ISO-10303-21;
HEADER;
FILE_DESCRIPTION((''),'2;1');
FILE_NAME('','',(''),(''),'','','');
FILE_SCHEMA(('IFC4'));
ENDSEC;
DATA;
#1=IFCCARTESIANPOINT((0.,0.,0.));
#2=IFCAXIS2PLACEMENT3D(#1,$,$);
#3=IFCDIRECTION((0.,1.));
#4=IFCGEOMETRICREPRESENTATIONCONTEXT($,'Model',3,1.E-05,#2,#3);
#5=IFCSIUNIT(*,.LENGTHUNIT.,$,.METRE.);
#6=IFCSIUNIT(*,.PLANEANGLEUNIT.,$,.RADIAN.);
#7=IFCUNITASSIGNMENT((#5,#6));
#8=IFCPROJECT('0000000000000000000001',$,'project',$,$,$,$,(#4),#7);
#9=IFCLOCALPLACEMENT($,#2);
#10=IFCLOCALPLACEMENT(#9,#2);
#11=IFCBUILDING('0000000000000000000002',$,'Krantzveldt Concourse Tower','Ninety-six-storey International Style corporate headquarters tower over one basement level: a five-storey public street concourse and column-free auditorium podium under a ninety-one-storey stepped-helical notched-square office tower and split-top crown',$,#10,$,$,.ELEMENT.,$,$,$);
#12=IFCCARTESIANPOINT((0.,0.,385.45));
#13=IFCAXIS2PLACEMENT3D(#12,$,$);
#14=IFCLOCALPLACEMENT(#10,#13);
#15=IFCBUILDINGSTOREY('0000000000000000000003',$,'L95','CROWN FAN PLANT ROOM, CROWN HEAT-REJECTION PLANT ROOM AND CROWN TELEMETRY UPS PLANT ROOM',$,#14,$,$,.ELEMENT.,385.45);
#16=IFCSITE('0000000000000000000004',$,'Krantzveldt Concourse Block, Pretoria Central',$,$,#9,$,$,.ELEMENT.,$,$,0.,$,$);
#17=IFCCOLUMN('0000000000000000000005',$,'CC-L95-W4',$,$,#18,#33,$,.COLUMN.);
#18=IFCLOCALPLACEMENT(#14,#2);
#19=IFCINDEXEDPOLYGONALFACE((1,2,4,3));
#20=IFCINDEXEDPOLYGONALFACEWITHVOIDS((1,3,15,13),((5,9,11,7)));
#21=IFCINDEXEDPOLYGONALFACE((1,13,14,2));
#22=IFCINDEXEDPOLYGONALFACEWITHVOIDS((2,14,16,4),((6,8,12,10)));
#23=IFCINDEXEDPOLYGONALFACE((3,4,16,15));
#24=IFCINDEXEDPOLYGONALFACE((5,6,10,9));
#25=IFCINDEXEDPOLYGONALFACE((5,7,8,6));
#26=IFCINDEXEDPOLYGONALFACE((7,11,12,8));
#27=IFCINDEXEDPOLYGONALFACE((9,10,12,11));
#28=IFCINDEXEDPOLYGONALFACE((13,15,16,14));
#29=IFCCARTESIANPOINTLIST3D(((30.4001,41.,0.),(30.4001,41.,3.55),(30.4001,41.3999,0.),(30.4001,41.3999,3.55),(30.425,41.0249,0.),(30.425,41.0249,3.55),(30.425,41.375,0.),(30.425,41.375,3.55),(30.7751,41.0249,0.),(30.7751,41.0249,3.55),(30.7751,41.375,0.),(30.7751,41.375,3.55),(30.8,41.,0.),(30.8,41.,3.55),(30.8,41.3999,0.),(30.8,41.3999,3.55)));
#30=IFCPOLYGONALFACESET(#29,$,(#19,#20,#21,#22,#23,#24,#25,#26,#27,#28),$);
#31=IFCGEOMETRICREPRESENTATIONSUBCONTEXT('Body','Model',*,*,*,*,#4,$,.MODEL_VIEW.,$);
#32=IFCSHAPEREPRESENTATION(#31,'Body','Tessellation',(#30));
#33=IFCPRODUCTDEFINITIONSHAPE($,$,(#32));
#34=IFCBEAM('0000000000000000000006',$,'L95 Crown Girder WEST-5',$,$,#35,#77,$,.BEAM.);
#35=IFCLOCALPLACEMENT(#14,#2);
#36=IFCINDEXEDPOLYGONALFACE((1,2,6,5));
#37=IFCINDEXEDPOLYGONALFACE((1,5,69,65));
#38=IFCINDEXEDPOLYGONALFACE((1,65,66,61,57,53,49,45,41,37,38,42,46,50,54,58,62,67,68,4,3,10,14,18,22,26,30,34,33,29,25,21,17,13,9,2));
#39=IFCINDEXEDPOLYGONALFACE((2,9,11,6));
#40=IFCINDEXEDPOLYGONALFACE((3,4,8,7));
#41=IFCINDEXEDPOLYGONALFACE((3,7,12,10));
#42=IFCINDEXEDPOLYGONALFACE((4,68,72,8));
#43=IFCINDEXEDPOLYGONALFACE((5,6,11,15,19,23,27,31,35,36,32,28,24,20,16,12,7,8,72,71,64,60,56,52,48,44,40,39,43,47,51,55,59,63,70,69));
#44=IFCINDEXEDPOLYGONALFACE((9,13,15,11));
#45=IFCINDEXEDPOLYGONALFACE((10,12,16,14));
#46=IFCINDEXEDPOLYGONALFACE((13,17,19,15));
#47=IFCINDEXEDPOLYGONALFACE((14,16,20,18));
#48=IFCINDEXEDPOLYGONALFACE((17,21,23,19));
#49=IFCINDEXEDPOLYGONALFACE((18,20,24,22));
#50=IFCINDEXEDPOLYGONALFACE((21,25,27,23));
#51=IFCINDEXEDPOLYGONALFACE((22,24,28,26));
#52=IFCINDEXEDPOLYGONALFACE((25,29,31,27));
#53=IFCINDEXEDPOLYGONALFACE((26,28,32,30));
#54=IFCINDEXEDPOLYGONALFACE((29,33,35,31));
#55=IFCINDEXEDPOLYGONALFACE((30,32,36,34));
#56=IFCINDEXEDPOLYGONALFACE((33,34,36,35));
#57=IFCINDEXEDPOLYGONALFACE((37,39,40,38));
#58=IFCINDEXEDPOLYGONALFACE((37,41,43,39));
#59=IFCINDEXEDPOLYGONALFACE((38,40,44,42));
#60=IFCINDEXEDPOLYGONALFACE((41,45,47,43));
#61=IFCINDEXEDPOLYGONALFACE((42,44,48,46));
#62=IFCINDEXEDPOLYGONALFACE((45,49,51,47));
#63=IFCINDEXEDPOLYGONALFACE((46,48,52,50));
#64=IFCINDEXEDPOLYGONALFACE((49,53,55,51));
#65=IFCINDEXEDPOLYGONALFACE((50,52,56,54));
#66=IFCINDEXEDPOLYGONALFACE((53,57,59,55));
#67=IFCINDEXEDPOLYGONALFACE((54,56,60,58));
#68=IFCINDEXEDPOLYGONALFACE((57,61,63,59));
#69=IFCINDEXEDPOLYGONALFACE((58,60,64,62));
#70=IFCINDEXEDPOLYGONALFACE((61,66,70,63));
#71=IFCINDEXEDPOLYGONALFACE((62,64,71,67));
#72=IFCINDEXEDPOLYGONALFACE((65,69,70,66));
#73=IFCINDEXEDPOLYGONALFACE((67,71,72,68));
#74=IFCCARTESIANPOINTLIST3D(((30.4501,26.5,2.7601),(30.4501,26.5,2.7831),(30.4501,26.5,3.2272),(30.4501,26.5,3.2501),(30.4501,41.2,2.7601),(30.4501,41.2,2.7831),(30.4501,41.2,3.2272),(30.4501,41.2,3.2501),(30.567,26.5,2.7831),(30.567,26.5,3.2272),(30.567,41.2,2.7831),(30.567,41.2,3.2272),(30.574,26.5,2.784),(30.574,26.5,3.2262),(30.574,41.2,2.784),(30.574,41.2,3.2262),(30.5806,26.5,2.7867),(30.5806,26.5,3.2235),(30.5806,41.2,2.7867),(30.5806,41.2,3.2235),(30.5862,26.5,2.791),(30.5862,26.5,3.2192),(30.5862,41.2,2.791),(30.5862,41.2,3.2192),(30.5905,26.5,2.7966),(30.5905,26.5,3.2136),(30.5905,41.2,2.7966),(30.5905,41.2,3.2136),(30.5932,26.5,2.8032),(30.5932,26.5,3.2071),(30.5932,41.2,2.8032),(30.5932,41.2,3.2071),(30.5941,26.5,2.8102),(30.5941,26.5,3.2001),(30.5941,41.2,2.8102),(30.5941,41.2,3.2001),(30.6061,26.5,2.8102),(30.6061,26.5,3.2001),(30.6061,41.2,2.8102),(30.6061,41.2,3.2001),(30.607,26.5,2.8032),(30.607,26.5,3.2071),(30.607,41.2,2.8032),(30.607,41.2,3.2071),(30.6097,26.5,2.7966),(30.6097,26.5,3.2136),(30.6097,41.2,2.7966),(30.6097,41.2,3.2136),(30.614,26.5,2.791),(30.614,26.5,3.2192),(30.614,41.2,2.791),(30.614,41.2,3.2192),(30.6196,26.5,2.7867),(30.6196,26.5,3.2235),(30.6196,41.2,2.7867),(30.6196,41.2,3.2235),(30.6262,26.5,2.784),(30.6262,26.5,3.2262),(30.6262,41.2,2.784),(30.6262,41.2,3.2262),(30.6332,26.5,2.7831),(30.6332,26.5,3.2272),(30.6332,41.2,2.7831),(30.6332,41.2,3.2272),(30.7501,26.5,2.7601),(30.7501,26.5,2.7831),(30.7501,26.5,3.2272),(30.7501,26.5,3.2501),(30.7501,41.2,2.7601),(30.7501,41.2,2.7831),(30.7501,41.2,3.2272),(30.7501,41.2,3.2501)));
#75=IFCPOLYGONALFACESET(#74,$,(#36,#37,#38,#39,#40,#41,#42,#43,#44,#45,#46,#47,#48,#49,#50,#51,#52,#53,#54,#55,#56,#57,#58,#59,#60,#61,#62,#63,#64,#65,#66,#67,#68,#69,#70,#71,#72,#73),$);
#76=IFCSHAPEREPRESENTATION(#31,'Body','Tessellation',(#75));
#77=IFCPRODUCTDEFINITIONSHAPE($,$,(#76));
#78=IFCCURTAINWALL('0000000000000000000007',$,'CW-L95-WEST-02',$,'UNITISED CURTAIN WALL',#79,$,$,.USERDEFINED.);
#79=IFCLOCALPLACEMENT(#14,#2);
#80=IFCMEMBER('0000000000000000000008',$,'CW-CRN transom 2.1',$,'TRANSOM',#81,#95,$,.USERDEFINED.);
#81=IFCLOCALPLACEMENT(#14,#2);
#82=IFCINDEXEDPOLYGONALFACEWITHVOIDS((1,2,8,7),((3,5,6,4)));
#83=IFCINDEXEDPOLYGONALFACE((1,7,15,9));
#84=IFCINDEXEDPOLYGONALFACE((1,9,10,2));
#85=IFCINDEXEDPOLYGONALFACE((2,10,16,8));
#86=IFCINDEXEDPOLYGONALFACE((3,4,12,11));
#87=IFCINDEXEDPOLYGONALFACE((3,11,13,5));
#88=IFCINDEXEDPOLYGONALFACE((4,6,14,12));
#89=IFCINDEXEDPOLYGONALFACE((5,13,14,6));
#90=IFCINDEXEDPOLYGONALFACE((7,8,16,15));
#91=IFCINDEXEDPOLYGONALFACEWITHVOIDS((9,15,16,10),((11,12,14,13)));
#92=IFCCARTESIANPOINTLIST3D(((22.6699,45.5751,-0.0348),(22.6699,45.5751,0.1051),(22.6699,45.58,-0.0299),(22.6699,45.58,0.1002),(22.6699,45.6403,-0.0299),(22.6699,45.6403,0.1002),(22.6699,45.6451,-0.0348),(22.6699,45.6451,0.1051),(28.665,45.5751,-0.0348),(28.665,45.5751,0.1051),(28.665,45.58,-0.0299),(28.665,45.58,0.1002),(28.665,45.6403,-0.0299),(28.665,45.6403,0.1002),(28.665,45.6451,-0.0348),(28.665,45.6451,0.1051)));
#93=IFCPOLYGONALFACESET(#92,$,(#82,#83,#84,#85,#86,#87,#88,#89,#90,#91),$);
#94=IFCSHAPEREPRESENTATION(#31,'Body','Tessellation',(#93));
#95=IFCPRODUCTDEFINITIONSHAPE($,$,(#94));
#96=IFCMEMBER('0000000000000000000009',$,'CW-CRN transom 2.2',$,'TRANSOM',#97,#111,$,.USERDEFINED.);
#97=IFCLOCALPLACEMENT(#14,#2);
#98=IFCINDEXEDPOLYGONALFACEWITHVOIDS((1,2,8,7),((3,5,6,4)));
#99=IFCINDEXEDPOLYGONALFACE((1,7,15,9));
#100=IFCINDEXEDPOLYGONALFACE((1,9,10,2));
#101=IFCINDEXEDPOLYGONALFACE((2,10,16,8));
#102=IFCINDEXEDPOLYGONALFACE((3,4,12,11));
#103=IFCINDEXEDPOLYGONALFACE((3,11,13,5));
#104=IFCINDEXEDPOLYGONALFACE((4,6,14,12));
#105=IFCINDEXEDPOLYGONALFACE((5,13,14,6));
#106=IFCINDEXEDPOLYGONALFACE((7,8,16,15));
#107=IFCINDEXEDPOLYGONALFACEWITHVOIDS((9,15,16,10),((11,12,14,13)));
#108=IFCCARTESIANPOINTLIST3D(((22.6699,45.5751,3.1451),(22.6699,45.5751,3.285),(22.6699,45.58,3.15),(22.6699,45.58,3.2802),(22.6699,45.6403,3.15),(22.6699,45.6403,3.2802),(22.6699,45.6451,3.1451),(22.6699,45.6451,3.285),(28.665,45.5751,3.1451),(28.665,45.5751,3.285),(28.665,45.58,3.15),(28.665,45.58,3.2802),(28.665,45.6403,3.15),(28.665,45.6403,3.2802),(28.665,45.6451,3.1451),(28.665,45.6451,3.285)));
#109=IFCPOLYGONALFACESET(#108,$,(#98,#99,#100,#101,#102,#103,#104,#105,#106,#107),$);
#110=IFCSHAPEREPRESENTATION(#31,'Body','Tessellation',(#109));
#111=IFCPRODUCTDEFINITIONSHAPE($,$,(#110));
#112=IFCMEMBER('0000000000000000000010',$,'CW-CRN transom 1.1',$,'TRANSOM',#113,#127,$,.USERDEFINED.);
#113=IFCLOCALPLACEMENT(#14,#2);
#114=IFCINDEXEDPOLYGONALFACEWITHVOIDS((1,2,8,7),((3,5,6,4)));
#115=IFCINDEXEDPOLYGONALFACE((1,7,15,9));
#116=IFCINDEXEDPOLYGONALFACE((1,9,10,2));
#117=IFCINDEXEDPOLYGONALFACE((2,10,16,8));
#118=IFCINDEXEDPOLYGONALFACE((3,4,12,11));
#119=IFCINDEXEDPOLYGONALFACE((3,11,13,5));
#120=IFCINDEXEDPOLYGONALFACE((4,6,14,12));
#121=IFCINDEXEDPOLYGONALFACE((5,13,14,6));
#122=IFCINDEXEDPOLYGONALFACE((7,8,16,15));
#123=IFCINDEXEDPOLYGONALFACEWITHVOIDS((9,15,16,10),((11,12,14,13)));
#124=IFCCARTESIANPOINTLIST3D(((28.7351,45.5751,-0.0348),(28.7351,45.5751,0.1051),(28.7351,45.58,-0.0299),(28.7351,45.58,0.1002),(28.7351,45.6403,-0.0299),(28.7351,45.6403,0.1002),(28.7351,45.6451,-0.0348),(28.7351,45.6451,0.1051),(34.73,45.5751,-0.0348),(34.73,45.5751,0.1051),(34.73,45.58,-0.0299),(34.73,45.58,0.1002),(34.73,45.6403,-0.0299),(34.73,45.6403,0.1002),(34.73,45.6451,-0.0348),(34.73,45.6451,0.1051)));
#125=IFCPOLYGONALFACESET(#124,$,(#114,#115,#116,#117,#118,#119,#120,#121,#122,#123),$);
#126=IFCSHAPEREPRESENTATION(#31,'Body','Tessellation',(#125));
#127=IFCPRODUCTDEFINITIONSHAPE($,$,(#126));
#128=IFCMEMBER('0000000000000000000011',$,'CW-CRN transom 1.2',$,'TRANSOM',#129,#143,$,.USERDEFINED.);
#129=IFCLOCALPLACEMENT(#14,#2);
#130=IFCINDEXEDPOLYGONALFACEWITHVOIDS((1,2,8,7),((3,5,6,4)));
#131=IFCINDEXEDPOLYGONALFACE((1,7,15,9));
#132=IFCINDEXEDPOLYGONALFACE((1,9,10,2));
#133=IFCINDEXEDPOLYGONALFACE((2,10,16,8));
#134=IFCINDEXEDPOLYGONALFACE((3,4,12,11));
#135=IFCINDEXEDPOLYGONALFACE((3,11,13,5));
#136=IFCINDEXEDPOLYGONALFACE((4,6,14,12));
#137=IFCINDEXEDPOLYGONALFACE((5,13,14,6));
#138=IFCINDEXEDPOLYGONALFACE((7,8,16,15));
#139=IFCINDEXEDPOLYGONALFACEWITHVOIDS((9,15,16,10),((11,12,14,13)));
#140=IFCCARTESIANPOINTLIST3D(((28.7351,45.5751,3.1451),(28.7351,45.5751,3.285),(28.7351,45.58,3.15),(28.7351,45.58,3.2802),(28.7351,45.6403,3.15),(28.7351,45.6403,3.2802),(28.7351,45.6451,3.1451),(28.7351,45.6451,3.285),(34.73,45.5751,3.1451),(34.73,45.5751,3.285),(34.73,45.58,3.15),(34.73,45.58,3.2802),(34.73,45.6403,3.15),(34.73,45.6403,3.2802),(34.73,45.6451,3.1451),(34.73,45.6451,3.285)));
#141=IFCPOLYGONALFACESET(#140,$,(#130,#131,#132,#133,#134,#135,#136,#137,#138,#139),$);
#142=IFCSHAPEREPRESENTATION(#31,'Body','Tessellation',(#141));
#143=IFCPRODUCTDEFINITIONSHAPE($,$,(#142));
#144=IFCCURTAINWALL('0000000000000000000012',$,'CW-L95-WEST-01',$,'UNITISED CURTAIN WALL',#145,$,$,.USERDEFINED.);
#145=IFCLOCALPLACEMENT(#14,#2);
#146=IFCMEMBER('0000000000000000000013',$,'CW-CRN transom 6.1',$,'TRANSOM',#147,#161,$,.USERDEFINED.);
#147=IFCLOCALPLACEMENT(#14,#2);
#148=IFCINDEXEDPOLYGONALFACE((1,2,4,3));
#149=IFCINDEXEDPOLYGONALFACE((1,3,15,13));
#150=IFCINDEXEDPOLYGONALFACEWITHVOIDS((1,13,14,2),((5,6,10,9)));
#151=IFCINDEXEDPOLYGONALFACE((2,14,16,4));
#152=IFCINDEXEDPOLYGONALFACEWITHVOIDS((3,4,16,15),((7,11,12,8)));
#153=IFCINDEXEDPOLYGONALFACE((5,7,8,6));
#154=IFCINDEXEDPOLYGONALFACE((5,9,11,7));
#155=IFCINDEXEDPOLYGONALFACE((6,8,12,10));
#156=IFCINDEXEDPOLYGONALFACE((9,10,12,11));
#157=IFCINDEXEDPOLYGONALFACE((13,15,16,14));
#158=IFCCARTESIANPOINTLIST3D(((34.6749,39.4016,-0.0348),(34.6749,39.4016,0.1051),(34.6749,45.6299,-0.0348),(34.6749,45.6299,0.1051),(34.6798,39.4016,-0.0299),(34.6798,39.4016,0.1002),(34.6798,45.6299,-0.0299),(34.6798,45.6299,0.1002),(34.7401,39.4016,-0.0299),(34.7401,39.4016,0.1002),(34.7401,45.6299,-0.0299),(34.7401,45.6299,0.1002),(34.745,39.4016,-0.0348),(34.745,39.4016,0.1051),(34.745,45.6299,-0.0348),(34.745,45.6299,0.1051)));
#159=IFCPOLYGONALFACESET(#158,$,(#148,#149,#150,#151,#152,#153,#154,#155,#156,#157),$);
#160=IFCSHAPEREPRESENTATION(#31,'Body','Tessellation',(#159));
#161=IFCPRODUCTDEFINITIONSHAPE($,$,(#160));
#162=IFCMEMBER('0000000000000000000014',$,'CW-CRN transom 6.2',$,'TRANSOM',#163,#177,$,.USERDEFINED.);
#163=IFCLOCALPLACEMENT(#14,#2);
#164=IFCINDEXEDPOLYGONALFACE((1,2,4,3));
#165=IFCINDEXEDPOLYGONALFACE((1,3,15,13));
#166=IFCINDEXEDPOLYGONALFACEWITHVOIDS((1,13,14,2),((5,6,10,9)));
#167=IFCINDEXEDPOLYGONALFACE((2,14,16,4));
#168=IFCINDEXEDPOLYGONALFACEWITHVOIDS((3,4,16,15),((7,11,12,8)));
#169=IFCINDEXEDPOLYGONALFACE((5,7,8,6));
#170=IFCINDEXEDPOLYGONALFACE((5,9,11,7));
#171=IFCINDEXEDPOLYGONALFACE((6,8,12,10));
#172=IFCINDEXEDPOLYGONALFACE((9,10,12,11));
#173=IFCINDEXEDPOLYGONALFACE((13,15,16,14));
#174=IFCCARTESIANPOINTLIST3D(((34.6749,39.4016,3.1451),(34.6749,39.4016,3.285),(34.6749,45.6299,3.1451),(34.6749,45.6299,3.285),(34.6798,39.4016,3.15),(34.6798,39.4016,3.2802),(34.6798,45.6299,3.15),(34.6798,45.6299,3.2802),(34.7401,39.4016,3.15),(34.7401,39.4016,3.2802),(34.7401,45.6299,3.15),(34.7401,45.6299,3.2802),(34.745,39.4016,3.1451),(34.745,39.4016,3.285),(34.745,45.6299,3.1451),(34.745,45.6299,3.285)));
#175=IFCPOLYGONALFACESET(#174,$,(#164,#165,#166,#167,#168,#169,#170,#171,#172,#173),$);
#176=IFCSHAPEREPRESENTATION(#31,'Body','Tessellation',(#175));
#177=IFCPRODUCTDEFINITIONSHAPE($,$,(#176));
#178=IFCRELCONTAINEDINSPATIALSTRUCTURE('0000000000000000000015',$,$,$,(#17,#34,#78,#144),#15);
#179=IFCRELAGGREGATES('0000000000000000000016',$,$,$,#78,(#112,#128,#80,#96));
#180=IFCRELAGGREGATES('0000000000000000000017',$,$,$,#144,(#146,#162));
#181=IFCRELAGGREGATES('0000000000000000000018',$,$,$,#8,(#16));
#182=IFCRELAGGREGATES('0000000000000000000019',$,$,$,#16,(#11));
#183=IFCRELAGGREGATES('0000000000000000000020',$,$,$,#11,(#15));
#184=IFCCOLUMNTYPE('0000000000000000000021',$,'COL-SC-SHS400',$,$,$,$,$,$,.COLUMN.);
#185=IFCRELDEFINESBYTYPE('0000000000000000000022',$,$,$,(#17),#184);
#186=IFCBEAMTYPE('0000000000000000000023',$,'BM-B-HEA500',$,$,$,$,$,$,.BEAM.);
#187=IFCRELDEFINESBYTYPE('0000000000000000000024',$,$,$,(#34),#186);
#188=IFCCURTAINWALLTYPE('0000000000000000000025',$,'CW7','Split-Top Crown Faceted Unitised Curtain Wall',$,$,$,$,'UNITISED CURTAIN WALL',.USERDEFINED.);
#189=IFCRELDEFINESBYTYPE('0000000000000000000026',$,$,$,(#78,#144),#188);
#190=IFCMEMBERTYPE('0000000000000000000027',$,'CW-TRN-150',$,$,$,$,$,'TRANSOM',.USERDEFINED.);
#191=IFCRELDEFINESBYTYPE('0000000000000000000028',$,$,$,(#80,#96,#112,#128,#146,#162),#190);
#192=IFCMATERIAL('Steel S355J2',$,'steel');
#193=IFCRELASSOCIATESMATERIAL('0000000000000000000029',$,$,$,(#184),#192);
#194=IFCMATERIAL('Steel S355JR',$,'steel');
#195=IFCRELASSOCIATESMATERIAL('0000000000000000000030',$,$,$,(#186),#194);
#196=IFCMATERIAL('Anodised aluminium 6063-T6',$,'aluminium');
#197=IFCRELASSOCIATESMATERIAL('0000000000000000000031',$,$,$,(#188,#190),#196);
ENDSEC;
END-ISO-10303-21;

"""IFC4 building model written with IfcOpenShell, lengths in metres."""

from ifc_helpers import new_model, si_unit, direction, frame, origin, origin_2d, place, context, subcontext, project, spatial, hollow_rectangle, i_section, extrude, source, transform, mapped, material, material_profile, profile_set, type_object, type_shapes, element, aggregate, save


model = new_model("IFC4")

# Units and contexts
model_context = context("Model", 3, precision=1e-05, world=origin(), true_north=direction((0.0, 1.0)))
body_context = subcontext(model_context, "Body", "Model", "MODEL_VIEW")
ifc_project = project(units=[si_unit("LENGTHUNIT", "METRE"), si_unit("PLANEANGLEUNIT", "RADIAN")], contexts=[model_context])

# Site, building, storey
site_placement = place(None, origin())
site = spatial("IfcSite", under=ifc_project, at=site_placement, Name="Krantzveldt Concourse Block, Pretoria Central", CompositionType="ELEMENT", RefElevation=0.0)
building_placement = place(site_placement, origin())
building = spatial("IfcBuilding", under=site, at=building_placement, Name="Krantzveldt Concourse Tower", Description="Ninety-six-storey International Style corporate headquarters tower over one basement level: a five-storey public street concourse and column-free auditorium podium under a ninety-one-storey stepped-helical notched-square office tower and split-top crown", CompositionType="ELEMENT")
storey_placement = place(building_placement, frame((0.0, 0.0, 385.45)))
storey = spatial("IfcBuildingStorey", under=building, at=storey_placement, Name="L95", Description="CROWN FAN PLANT ROOM, CROWN HEAT-REJECTION PLANT ROOM AND CROWN TELEMETRY UPS PLANT ROOM", CompositionType="ELEMENT", Elevation=385.45)

# Column
ifc_material_1 = material(Name="Steel S355J2", Category="steel")
ifc_material_profile_1 = material_profile(ifc_material_1, hollow_rectangle(XDim=0.3999, YDim=0.3999, WallThickness=0.0249, at=origin_2d()), Name="Steel S355J2", Category="steel")
ifc_profile_set_1 = profile_set([ifc_material_profile_1], Name="Steel S355J2 - SHS 400x400x25")
column_type = type_object("IfcColumnType", Name="COL-SC-SHS400", PredefinedType="COLUMN", material=ifc_profile_set_1)
shared_shape_1 = source(origin(), body_context, "Body", "SweptSolid", [
    extrude(hollow_rectangle(XDim=0.3999, YDim=0.3999, WallThickness=0.0249, at=origin_2d()), origin(), (0.0, 0.0, 1.0), 3.55),
])
type_shapes(column_type, [shared_shape_1])
column_placement = place(storey_placement, frame((30.6001, 41.2, 0.0), z_axis=(0.0, 0.0, 1.0), x_axis=(1.0, 0.0, 0.0)))
element("IfcColumn", 1, at=column_placement, inside=storey, type_object=column_type, Name="CC-L95-W4", PredefinedType="COLUMN", context=body_context, shape_type="MappedRepresentation", body=[
    mapped(shared_shape_1, transform((0.0, 0.0, 0.0), x_axis=(1.0, 0.0, 0.0), y_axis=(0.0, 1.0, 0.0), z_axis=(0.0, 0.0, 1.0), scale=1.0)),
])

# Beam
ifc_material_2 = material(Name="Steel S355JR", Category="steel")
ifc_material_profile_2 = material_profile(ifc_material_2, i_section(OverallWidth=0.3, OverallDepth=0.49, WebThickness=0.012, FlangeThickness=0.0229, FilletRadius=0.0271, at=origin_2d()), Name="Steel S355JR", Category="steel")
ifc_profile_set_2 = profile_set([ifc_material_profile_2], Name="Steel S355JR - HEA 500")
beam_type = type_object("IfcBeamType", Name="BM-B-HEA500", PredefinedType="BEAM", material=ifc_profile_set_2)
shared_shape_2 = source(origin(), body_context, "Body", "SweptSolid", [
    extrude(i_section(OverallWidth=0.3, OverallDepth=0.49, WebThickness=0.012, FlangeThickness=0.0229, FilletRadius=0.0271, at=origin_2d()), origin(), (0.0, 0.0, 1.0), 14.7),
])
type_shapes(beam_type, [shared_shape_2])
beam_placement = place(storey_placement, frame((30.6001, 41.2, 3.0051), z_axis=(0.0, -1.0, 0.0), x_axis=(1.0, 0.0, 0.0)))
element("IfcBeam", 2, at=beam_placement, inside=storey, type_object=beam_type, Name="L95 Crown Girder WEST-5", PredefinedType="BEAM", context=body_context, shape_type="MappedRepresentation", body=[
    mapped(shared_shape_2, transform((0.0, 0.0, 0.0), x_axis=(1.0, 0.0, 0.0), y_axis=(0.0, 1.0, 0.0), z_axis=(0.0, 0.0, 1.0), scale=1.0)),
])

# Curtain walls, members
ifc_material_3 = material(Name="Anodised aluminium 6063-T6", Category="aluminium")
curtain_wall_type = type_object("IfcCurtainWallType", Name="CW7", Description="Split-Top Crown Faceted Unitised Curtain Wall", ElementType="UNITISED CURTAIN WALL", PredefinedType="USERDEFINED", material=ifc_material_3)
curtain_wall_1_placement = place(storey_placement, origin())
curtain_wall_1 = element("IfcCurtainWall", 3, at=curtain_wall_1_placement, inside=storey, type_object=curtain_wall_type, Name="CW-L95-WEST-02", ObjectType="UNITISED CURTAIN WALL", PredefinedType="USERDEFINED")
ifc_material_profile_3 = material_profile(ifc_material_3, hollow_rectangle(XDim=0.0701, YDim=0.1399, WallThickness=0.0049, at=origin_2d()), Name="Anodised aluminium 6063-T6", Category="aluminium")
ifc_profile_set_3 = profile_set([ifc_material_profile_3], Name="Anodised aluminium 6063-T6 - ALU-TRAN 140x70x5")
member_type_1 = type_object("IfcMemberType", Name="CW-TRN-150", ElementType="TRANSOM", PredefinedType="USERDEFINED", material=ifc_profile_set_3)
shared_shape_3 = source(origin(), body_context, "Body", "SweptSolid", [
    extrude(hollow_rectangle(XDim=0.0701, YDim=0.1399, WallThickness=0.0049, at=origin_2d()), origin(), (0.0, 0.0, 1.0), 5.9951),
])
member_1_placement = place(storey_placement, frame((28.665, 45.6101, 0.0352), z_axis=(-1.0, 0.0, 0.0), x_axis=(0.0, -1.0, 0.0)))
member_1 = element("IfcMember", 4, at=member_1_placement, type_object=member_type_1, Name="CW-CRN transom 2.1", ObjectType="TRANSOM", PredefinedType="USERDEFINED", context=body_context, shape_type="MappedRepresentation", body=[
    mapped(shared_shape_3, transform((0.0, 0.0, 0.0), x_axis=(1.0, 0.0, 0.0), y_axis=(0.0, 1.0, 0.0), z_axis=(0.0, 0.0, 1.0), scale=1.0)),
])
member_2_placement = place(storey_placement, frame((28.665, 45.6101, 3.2151), z_axis=(-1.0, 0.0, 0.0), x_axis=(0.0, -1.0, 0.0)))
member_2 = element("IfcMember", 5, at=member_2_placement, type_object=member_type_1, Name="CW-CRN transom 2.2", ObjectType="TRANSOM", PredefinedType="USERDEFINED", context=body_context, shape_type="MappedRepresentation", body=[
    mapped(shared_shape_3, transform((0.0, 0.0, 0.0), x_axis=(1.0, 0.0, 0.0), y_axis=(0.0, 1.0, 0.0), z_axis=(0.0, 0.0, 1.0), scale=1.0)),
])
shared_shape_4 = source(origin(), body_context, "Body", "SweptSolid", [
    extrude(hollow_rectangle(XDim=0.0701, YDim=0.1399, WallThickness=0.0049, at=origin_2d()), origin(), (0.0, 0.0, 1.0), 5.9949),
])
member_3_placement = place(storey_placement, frame((34.73, 45.6101, 0.0352), z_axis=(-1.0, 0.0, 0.0), x_axis=(0.0, -1.0, 0.0)))
member_3 = element("IfcMember", 6, at=member_3_placement, type_object=member_type_1, Name="CW-CRN transom 1.1", ObjectType="TRANSOM", PredefinedType="USERDEFINED", context=body_context, shape_type="MappedRepresentation", body=[
    mapped(shared_shape_4, transform((0.0, 0.0, 0.0), x_axis=(1.0, 0.0, 0.0), y_axis=(0.0, 1.0, 0.0), z_axis=(0.0, 0.0, 1.0), scale=1.0)),
])
member_4_placement = place(storey_placement, frame((34.73, 45.6101, 3.2151), z_axis=(-1.0, 0.0, 0.0), x_axis=(0.0, -1.0, 0.0)))
member_4 = element("IfcMember", 7, at=member_4_placement, type_object=member_type_1, Name="CW-CRN transom 1.2", ObjectType="TRANSOM", PredefinedType="USERDEFINED", context=body_context, shape_type="MappedRepresentation", body=[
    mapped(shared_shape_4, transform((0.0, 0.0, 0.0), x_axis=(1.0, 0.0, 0.0), y_axis=(0.0, 1.0, 0.0), z_axis=(0.0, 0.0, 1.0), scale=1.0)),
])
curtain_wall_2_placement = place(storey_placement, origin())
curtain_wall_2 = element("IfcCurtainWall", 8, at=curtain_wall_2_placement, inside=storey, type_object=curtain_wall_type, Name="CW-L95-WEST-01", ObjectType="UNITISED CURTAIN WALL", PredefinedType="USERDEFINED")
shared_shape_5 = source(origin(), body_context, "Body", "SweptSolid", [
    extrude(hollow_rectangle(XDim=0.0701, YDim=0.1399, WallThickness=0.0049, at=origin_2d()), origin(), (0.0, 0.0, 1.0), 6.2283),
])
member_5_placement = place(storey_placement, frame((34.71, 39.4016, 0.0352), z_axis=(0.0, 1.0, 0.0), x_axis=(-1.0, 0.0, 0.0)))
member_5 = element("IfcMember", 9, at=member_5_placement, type_object=member_type_1, Name="CW-CRN transom 6.1", ObjectType="TRANSOM", PredefinedType="USERDEFINED", context=body_context, shape_type="MappedRepresentation", body=[
    mapped(shared_shape_5, transform((0.0, 0.0, 0.0), x_axis=(1.0, 0.0, 0.0), y_axis=(0.0, 1.0, 0.0), z_axis=(0.0, 0.0, 1.0), scale=1.0)),
])
member_6_placement = place(storey_placement, frame((34.71, 39.4016, 3.2151), z_axis=(0.0, 1.0, 0.0), x_axis=(-1.0, 0.0, 0.0)))
member_6 = element("IfcMember", 10, at=member_6_placement, type_object=member_type_1, Name="CW-CRN transom 6.2", ObjectType="TRANSOM", PredefinedType="USERDEFINED", context=body_context, shape_type="MappedRepresentation", body=[
    mapped(shared_shape_5, transform((0.0, 0.0, 0.0), x_axis=(1.0, 0.0, 0.0), y_axis=(0.0, 1.0, 0.0), z_axis=(0.0, 0.0, 1.0), scale=1.0)),
])

aggregate(curtain_wall_1, [member_3, member_4, member_1, member_2])
aggregate(curtain_wall_2, [member_5, member_6])

save(model, "model.ifc")
